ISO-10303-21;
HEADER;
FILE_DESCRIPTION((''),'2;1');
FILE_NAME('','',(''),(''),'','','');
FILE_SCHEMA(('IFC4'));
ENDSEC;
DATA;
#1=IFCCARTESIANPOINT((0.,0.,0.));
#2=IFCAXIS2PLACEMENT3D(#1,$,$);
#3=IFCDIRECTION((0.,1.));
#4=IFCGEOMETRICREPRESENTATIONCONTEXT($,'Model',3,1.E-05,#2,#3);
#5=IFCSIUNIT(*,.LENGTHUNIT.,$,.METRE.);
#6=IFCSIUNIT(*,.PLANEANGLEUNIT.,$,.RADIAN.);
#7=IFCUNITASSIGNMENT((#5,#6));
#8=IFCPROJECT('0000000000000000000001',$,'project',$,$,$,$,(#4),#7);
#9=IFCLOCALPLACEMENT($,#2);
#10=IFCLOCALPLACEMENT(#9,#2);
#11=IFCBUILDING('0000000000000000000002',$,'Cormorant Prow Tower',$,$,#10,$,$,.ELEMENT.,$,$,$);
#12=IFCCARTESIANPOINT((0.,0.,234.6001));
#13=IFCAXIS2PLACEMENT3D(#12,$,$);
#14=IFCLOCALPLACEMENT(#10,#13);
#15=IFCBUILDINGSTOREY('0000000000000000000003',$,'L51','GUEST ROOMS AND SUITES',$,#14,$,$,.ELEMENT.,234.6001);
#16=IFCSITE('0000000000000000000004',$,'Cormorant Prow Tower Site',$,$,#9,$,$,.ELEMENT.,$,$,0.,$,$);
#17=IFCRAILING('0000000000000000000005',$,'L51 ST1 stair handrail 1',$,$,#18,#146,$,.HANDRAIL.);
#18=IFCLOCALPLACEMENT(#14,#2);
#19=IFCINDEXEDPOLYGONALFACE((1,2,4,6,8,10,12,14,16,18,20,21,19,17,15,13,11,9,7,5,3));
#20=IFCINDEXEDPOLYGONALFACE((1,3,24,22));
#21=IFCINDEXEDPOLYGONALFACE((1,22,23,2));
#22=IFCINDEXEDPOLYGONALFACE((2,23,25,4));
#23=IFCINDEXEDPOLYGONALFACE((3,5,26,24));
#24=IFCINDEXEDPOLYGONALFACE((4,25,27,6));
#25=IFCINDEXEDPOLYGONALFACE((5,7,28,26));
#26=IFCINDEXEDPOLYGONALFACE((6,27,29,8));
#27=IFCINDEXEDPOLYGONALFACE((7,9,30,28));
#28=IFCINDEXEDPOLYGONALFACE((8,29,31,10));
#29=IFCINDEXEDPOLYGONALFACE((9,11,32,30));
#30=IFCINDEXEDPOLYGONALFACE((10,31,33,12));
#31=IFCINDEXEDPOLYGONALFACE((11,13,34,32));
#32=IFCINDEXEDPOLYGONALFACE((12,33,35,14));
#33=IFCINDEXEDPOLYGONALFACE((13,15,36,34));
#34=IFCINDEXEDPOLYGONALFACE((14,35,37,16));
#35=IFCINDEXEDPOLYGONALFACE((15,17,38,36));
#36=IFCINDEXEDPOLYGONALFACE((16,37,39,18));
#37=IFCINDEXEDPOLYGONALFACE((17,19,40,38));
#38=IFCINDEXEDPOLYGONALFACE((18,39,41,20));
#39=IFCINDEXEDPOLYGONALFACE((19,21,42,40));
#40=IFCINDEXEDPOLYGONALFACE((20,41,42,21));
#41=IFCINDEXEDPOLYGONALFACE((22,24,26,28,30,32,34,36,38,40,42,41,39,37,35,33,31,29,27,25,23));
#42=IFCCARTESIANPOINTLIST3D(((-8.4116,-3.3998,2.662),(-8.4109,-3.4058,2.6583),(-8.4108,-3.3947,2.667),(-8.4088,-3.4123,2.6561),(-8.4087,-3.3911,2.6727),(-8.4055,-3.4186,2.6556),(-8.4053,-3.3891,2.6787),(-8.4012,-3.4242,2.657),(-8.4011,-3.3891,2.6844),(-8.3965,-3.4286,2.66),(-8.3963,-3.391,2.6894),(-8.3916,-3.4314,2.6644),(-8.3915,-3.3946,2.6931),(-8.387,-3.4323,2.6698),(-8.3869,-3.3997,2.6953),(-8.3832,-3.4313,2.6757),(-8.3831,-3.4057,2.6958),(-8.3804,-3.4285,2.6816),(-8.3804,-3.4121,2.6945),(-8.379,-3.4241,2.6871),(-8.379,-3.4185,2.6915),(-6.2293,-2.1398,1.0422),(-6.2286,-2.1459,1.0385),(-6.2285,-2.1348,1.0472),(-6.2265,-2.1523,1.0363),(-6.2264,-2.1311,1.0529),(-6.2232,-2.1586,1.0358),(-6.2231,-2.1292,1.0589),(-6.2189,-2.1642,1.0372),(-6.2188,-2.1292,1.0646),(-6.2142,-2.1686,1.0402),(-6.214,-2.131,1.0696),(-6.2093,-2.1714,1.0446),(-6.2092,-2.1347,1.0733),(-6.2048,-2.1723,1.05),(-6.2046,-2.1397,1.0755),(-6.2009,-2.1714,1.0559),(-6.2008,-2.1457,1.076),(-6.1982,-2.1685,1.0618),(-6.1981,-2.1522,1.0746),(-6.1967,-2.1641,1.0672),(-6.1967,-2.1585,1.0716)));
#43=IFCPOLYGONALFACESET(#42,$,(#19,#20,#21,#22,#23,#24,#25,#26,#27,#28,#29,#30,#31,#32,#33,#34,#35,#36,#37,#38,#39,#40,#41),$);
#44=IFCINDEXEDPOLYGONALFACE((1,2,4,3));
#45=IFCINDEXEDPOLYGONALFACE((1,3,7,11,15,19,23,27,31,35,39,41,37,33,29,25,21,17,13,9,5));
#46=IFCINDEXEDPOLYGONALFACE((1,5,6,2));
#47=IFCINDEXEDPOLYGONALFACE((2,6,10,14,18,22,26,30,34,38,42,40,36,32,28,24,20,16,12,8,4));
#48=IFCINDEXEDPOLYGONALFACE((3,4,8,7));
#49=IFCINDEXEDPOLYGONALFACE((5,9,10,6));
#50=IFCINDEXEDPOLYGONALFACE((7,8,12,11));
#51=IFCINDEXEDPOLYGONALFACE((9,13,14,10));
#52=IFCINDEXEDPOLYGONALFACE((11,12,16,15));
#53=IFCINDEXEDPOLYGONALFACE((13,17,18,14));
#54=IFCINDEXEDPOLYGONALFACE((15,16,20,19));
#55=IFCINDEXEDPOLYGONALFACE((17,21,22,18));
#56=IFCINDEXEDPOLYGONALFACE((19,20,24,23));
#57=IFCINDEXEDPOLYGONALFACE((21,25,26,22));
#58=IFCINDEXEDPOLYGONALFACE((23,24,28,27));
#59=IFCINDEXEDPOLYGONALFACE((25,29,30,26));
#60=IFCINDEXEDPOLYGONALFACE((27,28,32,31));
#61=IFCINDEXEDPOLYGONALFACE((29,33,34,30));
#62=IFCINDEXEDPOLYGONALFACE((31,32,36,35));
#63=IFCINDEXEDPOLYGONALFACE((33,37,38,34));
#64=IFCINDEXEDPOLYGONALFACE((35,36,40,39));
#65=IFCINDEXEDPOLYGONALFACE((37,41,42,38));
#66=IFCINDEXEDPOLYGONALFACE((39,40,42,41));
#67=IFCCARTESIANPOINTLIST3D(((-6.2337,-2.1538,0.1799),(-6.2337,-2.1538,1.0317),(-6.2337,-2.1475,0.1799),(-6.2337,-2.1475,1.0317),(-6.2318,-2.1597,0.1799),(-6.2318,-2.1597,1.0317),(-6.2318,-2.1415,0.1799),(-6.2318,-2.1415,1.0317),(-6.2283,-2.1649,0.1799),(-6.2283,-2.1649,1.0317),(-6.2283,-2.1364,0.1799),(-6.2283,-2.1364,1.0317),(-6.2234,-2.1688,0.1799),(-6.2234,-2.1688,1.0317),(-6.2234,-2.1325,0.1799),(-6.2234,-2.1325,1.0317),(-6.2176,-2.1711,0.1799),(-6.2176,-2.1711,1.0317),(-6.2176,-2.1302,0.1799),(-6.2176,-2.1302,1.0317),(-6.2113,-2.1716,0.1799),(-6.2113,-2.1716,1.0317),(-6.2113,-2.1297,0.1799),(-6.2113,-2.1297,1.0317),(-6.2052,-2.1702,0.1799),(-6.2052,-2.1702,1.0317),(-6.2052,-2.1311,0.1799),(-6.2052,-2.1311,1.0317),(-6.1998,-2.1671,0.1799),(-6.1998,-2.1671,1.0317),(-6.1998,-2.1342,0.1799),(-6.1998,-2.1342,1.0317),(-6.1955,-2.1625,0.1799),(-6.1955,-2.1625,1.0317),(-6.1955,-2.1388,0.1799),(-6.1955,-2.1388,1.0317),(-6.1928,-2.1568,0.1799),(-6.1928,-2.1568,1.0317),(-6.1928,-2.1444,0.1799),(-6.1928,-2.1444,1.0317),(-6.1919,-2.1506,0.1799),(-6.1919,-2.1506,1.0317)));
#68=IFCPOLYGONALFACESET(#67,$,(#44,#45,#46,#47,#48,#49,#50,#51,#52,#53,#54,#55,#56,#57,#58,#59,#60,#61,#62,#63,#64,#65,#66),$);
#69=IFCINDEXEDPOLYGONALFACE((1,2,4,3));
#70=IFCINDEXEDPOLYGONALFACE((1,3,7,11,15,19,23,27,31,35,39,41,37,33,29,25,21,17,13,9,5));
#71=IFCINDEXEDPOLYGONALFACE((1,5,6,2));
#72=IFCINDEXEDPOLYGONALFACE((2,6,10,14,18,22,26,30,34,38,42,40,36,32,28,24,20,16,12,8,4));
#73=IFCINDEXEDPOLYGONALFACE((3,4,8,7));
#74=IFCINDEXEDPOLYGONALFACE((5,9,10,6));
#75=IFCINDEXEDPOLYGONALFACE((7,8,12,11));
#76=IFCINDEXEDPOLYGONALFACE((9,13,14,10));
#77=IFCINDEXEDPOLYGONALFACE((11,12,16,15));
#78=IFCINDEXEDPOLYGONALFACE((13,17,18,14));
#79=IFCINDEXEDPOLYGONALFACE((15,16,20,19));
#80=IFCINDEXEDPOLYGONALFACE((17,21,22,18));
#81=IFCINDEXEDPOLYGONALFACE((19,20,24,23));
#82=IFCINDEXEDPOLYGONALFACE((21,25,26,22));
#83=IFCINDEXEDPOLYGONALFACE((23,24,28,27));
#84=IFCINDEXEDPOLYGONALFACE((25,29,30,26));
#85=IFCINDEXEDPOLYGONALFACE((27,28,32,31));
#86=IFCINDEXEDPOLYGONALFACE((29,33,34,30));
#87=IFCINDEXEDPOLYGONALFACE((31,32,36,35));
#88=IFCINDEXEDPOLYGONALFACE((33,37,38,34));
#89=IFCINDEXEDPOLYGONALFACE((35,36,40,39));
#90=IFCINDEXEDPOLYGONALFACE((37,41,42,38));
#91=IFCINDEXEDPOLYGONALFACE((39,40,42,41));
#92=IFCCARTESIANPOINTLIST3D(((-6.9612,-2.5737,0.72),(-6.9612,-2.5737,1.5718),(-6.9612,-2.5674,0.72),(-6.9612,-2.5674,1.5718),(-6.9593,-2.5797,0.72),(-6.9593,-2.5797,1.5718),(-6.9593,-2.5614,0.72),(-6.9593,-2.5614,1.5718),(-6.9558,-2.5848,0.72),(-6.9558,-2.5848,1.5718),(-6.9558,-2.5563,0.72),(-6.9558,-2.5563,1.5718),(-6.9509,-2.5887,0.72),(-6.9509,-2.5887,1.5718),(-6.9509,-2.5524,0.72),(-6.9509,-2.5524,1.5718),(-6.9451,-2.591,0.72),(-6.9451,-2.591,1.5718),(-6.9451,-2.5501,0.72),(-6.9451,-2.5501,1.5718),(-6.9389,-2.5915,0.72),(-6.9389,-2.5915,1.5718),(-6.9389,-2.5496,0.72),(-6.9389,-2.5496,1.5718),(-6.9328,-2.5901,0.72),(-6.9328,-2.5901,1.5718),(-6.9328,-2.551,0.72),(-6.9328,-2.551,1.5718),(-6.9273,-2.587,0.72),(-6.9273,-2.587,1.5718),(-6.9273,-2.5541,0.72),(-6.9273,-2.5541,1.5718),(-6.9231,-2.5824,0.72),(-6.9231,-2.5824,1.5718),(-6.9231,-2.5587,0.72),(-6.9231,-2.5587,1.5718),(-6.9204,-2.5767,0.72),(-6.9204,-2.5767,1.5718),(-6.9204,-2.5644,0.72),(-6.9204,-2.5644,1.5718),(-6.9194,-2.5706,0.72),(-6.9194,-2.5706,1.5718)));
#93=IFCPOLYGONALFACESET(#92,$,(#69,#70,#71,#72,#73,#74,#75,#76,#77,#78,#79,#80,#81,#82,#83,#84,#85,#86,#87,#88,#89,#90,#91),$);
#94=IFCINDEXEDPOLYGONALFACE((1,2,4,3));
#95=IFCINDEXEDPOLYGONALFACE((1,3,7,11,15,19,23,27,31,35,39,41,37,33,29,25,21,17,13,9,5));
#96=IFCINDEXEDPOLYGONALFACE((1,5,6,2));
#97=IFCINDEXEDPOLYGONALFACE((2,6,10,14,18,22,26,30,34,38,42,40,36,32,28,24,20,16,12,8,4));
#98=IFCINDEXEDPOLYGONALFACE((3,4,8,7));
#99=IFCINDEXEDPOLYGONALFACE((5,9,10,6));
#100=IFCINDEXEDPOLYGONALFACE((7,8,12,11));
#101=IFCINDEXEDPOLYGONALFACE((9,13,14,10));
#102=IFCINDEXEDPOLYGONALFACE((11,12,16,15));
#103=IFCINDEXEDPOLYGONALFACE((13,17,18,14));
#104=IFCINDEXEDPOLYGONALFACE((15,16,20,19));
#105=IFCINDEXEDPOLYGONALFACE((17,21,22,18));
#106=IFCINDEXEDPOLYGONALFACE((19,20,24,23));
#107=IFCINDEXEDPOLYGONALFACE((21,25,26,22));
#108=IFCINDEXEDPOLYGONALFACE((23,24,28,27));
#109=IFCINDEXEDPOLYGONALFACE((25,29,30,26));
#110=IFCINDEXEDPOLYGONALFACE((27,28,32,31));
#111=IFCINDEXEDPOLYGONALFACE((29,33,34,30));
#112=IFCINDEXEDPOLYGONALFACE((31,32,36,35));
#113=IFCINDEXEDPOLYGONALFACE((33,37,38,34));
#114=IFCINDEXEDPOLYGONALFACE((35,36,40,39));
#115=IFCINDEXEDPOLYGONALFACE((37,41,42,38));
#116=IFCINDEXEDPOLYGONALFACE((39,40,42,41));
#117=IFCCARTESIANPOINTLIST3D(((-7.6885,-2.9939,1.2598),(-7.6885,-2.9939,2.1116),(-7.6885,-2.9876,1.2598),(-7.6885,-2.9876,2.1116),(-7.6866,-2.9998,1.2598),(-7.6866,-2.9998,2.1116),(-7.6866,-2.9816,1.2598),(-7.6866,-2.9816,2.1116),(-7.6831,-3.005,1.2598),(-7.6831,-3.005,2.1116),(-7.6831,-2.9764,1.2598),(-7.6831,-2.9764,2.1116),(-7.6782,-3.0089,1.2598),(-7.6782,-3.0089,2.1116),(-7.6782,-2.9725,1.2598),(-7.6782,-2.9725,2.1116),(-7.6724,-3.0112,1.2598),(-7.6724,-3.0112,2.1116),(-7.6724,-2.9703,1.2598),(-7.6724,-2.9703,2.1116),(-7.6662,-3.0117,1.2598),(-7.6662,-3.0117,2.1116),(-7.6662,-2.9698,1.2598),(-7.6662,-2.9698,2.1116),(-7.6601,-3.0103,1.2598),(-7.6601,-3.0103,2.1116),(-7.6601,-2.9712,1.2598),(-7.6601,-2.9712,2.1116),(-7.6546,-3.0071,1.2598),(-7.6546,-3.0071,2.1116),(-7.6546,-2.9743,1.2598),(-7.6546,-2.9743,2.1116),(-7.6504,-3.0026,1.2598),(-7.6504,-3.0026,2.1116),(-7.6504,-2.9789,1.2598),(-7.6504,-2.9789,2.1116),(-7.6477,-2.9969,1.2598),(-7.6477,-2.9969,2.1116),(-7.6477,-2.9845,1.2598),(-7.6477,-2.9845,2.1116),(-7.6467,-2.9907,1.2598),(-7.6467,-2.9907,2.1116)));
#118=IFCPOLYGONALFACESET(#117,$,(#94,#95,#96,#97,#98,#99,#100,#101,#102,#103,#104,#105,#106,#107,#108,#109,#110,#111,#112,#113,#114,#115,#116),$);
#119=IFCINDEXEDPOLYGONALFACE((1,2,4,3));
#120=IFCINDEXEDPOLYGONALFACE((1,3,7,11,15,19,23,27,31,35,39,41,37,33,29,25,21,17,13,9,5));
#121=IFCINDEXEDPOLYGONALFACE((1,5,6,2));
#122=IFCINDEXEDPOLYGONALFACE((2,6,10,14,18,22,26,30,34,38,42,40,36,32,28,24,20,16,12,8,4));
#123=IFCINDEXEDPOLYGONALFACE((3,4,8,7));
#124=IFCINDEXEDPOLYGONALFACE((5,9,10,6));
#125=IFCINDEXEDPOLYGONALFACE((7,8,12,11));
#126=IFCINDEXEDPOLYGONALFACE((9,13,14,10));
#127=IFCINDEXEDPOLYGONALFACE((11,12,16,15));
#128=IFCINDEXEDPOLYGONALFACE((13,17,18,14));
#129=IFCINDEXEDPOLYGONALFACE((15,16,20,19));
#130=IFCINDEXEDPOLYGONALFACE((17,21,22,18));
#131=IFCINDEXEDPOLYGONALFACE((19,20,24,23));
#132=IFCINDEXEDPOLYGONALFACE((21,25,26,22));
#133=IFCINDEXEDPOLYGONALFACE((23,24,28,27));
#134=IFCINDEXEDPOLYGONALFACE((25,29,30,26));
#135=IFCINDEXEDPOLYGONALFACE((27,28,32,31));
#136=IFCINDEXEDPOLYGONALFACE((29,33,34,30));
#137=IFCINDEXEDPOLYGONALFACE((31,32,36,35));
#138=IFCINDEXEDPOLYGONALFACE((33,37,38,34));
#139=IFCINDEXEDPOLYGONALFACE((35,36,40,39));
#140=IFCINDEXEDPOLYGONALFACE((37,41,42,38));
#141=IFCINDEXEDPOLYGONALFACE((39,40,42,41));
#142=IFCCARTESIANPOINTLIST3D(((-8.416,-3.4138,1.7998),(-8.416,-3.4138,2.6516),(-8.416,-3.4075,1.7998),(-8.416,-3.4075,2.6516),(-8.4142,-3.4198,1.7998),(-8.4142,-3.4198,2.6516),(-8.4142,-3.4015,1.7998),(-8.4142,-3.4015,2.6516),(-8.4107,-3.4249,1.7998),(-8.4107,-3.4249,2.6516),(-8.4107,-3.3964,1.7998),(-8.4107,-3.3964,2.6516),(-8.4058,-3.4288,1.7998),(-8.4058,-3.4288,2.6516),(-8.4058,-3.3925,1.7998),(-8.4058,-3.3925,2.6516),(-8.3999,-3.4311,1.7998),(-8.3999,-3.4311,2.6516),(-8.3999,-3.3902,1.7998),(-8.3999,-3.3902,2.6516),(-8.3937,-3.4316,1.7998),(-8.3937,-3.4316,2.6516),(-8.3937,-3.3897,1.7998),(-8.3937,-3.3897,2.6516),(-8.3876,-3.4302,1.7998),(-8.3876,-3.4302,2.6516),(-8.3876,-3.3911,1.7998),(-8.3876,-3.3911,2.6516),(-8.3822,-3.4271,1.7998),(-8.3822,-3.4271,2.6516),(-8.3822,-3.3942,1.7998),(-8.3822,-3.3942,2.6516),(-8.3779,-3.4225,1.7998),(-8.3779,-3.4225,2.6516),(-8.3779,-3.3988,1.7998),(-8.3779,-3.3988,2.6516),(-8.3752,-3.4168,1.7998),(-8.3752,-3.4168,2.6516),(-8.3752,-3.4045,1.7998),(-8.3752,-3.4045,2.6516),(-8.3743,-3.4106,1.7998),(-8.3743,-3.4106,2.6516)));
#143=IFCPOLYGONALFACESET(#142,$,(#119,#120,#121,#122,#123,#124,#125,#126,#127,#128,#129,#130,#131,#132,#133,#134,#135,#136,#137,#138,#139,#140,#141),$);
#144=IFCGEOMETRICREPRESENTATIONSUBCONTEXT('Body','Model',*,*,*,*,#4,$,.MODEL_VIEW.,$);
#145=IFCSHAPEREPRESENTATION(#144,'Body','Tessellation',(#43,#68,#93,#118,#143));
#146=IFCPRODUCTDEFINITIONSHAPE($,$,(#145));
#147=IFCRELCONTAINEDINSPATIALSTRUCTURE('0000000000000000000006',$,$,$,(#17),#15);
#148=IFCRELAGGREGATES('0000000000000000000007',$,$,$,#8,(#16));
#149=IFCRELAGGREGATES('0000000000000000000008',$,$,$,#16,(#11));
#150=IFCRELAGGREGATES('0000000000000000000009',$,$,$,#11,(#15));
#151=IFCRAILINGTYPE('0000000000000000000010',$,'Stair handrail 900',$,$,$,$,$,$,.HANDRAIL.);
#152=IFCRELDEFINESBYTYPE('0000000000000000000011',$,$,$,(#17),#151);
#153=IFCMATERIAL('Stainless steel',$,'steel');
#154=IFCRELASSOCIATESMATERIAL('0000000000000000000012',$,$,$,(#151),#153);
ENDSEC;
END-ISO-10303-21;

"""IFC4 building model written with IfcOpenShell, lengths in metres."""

from ifc_helpers import new_model, si_unit, direction, frame, origin, origin_2d, place, context, subcontext, project, spatial, circle, extrude, material, type_object, element, save


model = new_model("IFC4")

# Units and contexts
model_context = context("Model", 3, precision=1e-05, world=origin(), true_north=direction((0.0, 1.0)))
body_context = subcontext(model_context, "Body", "Model", "MODEL_VIEW")
ifc_project = project(units=[si_unit("LENGTHUNIT", "METRE"), si_unit("PLANEANGLEUNIT", "RADIAN")], contexts=[model_context])

# Site, building, storey
site_placement = place(None, origin())
site = spatial("IfcSite", under=ifc_project, at=site_placement, Name="Cormorant Prow Tower Site", CompositionType="ELEMENT", RefElevation=0.0)
building_placement = place(site_placement, origin())
building = spatial("IfcBuilding", under=site, at=building_placement, Name="Cormorant Prow Tower", CompositionType="ELEMENT")
storey_placement = place(building_placement, frame((0.0, 0.0, 234.6001)))
storey = spatial("IfcBuildingStorey", under=building, at=storey_placement, Name="L51", Description="GUEST ROOMS AND SUITES", CompositionType="ELEMENT", Elevation=234.6001)

# Railing
ifc_material_1 = material(Name="Stainless steel", Category="steel")
railing_type_1 = type_object("IfcRailingType", Name="Stair handrail 900", PredefinedType="HANDRAIL", material=ifc_material_1)
railing_1_placement = place(storey_placement, frame((-6.2129, -2.1506, 0.1799)))
element("IfcRailing", 1, at=railing_1_placement, inside=storey, type_object=railing_type_1, Name="L51 ST1 stair handrail 1", PredefinedType="HANDRAIL", context=body_context, shape_type="SweptSolid", body=[
    extrude(circle(Radius=0.0239, at=origin_2d()), frame((0.0, 0.0, 0.876), z_axis=(-0.728496, -0.420603, 0.540728), x_axis=(0.500005, -0.866023, 0.0)), (0.0, 0.0, 1.0), 2.9956),
    extrude(circle(Radius=0.021, at=origin_2d()), origin(), (0.0, 0.0, 1.0), 0.8518),
    extrude(circle(Radius=0.021, at=origin_2d()), frame((-0.7275, -0.4199, 0.54)), (0.0, 0.0, 1.0), 0.8518),
    extrude(circle(Radius=0.021, at=origin_2d()), frame((-1.4548, -0.8401, 1.0798)), (0.0, 0.0, 1.0), 0.8518),
    extrude(circle(Radius=0.021, at=origin_2d()), frame((-2.1824, -1.26, 1.6199)), (0.0, 0.0, 1.0), 0.8518),
])

save(model, "model.ifc")
